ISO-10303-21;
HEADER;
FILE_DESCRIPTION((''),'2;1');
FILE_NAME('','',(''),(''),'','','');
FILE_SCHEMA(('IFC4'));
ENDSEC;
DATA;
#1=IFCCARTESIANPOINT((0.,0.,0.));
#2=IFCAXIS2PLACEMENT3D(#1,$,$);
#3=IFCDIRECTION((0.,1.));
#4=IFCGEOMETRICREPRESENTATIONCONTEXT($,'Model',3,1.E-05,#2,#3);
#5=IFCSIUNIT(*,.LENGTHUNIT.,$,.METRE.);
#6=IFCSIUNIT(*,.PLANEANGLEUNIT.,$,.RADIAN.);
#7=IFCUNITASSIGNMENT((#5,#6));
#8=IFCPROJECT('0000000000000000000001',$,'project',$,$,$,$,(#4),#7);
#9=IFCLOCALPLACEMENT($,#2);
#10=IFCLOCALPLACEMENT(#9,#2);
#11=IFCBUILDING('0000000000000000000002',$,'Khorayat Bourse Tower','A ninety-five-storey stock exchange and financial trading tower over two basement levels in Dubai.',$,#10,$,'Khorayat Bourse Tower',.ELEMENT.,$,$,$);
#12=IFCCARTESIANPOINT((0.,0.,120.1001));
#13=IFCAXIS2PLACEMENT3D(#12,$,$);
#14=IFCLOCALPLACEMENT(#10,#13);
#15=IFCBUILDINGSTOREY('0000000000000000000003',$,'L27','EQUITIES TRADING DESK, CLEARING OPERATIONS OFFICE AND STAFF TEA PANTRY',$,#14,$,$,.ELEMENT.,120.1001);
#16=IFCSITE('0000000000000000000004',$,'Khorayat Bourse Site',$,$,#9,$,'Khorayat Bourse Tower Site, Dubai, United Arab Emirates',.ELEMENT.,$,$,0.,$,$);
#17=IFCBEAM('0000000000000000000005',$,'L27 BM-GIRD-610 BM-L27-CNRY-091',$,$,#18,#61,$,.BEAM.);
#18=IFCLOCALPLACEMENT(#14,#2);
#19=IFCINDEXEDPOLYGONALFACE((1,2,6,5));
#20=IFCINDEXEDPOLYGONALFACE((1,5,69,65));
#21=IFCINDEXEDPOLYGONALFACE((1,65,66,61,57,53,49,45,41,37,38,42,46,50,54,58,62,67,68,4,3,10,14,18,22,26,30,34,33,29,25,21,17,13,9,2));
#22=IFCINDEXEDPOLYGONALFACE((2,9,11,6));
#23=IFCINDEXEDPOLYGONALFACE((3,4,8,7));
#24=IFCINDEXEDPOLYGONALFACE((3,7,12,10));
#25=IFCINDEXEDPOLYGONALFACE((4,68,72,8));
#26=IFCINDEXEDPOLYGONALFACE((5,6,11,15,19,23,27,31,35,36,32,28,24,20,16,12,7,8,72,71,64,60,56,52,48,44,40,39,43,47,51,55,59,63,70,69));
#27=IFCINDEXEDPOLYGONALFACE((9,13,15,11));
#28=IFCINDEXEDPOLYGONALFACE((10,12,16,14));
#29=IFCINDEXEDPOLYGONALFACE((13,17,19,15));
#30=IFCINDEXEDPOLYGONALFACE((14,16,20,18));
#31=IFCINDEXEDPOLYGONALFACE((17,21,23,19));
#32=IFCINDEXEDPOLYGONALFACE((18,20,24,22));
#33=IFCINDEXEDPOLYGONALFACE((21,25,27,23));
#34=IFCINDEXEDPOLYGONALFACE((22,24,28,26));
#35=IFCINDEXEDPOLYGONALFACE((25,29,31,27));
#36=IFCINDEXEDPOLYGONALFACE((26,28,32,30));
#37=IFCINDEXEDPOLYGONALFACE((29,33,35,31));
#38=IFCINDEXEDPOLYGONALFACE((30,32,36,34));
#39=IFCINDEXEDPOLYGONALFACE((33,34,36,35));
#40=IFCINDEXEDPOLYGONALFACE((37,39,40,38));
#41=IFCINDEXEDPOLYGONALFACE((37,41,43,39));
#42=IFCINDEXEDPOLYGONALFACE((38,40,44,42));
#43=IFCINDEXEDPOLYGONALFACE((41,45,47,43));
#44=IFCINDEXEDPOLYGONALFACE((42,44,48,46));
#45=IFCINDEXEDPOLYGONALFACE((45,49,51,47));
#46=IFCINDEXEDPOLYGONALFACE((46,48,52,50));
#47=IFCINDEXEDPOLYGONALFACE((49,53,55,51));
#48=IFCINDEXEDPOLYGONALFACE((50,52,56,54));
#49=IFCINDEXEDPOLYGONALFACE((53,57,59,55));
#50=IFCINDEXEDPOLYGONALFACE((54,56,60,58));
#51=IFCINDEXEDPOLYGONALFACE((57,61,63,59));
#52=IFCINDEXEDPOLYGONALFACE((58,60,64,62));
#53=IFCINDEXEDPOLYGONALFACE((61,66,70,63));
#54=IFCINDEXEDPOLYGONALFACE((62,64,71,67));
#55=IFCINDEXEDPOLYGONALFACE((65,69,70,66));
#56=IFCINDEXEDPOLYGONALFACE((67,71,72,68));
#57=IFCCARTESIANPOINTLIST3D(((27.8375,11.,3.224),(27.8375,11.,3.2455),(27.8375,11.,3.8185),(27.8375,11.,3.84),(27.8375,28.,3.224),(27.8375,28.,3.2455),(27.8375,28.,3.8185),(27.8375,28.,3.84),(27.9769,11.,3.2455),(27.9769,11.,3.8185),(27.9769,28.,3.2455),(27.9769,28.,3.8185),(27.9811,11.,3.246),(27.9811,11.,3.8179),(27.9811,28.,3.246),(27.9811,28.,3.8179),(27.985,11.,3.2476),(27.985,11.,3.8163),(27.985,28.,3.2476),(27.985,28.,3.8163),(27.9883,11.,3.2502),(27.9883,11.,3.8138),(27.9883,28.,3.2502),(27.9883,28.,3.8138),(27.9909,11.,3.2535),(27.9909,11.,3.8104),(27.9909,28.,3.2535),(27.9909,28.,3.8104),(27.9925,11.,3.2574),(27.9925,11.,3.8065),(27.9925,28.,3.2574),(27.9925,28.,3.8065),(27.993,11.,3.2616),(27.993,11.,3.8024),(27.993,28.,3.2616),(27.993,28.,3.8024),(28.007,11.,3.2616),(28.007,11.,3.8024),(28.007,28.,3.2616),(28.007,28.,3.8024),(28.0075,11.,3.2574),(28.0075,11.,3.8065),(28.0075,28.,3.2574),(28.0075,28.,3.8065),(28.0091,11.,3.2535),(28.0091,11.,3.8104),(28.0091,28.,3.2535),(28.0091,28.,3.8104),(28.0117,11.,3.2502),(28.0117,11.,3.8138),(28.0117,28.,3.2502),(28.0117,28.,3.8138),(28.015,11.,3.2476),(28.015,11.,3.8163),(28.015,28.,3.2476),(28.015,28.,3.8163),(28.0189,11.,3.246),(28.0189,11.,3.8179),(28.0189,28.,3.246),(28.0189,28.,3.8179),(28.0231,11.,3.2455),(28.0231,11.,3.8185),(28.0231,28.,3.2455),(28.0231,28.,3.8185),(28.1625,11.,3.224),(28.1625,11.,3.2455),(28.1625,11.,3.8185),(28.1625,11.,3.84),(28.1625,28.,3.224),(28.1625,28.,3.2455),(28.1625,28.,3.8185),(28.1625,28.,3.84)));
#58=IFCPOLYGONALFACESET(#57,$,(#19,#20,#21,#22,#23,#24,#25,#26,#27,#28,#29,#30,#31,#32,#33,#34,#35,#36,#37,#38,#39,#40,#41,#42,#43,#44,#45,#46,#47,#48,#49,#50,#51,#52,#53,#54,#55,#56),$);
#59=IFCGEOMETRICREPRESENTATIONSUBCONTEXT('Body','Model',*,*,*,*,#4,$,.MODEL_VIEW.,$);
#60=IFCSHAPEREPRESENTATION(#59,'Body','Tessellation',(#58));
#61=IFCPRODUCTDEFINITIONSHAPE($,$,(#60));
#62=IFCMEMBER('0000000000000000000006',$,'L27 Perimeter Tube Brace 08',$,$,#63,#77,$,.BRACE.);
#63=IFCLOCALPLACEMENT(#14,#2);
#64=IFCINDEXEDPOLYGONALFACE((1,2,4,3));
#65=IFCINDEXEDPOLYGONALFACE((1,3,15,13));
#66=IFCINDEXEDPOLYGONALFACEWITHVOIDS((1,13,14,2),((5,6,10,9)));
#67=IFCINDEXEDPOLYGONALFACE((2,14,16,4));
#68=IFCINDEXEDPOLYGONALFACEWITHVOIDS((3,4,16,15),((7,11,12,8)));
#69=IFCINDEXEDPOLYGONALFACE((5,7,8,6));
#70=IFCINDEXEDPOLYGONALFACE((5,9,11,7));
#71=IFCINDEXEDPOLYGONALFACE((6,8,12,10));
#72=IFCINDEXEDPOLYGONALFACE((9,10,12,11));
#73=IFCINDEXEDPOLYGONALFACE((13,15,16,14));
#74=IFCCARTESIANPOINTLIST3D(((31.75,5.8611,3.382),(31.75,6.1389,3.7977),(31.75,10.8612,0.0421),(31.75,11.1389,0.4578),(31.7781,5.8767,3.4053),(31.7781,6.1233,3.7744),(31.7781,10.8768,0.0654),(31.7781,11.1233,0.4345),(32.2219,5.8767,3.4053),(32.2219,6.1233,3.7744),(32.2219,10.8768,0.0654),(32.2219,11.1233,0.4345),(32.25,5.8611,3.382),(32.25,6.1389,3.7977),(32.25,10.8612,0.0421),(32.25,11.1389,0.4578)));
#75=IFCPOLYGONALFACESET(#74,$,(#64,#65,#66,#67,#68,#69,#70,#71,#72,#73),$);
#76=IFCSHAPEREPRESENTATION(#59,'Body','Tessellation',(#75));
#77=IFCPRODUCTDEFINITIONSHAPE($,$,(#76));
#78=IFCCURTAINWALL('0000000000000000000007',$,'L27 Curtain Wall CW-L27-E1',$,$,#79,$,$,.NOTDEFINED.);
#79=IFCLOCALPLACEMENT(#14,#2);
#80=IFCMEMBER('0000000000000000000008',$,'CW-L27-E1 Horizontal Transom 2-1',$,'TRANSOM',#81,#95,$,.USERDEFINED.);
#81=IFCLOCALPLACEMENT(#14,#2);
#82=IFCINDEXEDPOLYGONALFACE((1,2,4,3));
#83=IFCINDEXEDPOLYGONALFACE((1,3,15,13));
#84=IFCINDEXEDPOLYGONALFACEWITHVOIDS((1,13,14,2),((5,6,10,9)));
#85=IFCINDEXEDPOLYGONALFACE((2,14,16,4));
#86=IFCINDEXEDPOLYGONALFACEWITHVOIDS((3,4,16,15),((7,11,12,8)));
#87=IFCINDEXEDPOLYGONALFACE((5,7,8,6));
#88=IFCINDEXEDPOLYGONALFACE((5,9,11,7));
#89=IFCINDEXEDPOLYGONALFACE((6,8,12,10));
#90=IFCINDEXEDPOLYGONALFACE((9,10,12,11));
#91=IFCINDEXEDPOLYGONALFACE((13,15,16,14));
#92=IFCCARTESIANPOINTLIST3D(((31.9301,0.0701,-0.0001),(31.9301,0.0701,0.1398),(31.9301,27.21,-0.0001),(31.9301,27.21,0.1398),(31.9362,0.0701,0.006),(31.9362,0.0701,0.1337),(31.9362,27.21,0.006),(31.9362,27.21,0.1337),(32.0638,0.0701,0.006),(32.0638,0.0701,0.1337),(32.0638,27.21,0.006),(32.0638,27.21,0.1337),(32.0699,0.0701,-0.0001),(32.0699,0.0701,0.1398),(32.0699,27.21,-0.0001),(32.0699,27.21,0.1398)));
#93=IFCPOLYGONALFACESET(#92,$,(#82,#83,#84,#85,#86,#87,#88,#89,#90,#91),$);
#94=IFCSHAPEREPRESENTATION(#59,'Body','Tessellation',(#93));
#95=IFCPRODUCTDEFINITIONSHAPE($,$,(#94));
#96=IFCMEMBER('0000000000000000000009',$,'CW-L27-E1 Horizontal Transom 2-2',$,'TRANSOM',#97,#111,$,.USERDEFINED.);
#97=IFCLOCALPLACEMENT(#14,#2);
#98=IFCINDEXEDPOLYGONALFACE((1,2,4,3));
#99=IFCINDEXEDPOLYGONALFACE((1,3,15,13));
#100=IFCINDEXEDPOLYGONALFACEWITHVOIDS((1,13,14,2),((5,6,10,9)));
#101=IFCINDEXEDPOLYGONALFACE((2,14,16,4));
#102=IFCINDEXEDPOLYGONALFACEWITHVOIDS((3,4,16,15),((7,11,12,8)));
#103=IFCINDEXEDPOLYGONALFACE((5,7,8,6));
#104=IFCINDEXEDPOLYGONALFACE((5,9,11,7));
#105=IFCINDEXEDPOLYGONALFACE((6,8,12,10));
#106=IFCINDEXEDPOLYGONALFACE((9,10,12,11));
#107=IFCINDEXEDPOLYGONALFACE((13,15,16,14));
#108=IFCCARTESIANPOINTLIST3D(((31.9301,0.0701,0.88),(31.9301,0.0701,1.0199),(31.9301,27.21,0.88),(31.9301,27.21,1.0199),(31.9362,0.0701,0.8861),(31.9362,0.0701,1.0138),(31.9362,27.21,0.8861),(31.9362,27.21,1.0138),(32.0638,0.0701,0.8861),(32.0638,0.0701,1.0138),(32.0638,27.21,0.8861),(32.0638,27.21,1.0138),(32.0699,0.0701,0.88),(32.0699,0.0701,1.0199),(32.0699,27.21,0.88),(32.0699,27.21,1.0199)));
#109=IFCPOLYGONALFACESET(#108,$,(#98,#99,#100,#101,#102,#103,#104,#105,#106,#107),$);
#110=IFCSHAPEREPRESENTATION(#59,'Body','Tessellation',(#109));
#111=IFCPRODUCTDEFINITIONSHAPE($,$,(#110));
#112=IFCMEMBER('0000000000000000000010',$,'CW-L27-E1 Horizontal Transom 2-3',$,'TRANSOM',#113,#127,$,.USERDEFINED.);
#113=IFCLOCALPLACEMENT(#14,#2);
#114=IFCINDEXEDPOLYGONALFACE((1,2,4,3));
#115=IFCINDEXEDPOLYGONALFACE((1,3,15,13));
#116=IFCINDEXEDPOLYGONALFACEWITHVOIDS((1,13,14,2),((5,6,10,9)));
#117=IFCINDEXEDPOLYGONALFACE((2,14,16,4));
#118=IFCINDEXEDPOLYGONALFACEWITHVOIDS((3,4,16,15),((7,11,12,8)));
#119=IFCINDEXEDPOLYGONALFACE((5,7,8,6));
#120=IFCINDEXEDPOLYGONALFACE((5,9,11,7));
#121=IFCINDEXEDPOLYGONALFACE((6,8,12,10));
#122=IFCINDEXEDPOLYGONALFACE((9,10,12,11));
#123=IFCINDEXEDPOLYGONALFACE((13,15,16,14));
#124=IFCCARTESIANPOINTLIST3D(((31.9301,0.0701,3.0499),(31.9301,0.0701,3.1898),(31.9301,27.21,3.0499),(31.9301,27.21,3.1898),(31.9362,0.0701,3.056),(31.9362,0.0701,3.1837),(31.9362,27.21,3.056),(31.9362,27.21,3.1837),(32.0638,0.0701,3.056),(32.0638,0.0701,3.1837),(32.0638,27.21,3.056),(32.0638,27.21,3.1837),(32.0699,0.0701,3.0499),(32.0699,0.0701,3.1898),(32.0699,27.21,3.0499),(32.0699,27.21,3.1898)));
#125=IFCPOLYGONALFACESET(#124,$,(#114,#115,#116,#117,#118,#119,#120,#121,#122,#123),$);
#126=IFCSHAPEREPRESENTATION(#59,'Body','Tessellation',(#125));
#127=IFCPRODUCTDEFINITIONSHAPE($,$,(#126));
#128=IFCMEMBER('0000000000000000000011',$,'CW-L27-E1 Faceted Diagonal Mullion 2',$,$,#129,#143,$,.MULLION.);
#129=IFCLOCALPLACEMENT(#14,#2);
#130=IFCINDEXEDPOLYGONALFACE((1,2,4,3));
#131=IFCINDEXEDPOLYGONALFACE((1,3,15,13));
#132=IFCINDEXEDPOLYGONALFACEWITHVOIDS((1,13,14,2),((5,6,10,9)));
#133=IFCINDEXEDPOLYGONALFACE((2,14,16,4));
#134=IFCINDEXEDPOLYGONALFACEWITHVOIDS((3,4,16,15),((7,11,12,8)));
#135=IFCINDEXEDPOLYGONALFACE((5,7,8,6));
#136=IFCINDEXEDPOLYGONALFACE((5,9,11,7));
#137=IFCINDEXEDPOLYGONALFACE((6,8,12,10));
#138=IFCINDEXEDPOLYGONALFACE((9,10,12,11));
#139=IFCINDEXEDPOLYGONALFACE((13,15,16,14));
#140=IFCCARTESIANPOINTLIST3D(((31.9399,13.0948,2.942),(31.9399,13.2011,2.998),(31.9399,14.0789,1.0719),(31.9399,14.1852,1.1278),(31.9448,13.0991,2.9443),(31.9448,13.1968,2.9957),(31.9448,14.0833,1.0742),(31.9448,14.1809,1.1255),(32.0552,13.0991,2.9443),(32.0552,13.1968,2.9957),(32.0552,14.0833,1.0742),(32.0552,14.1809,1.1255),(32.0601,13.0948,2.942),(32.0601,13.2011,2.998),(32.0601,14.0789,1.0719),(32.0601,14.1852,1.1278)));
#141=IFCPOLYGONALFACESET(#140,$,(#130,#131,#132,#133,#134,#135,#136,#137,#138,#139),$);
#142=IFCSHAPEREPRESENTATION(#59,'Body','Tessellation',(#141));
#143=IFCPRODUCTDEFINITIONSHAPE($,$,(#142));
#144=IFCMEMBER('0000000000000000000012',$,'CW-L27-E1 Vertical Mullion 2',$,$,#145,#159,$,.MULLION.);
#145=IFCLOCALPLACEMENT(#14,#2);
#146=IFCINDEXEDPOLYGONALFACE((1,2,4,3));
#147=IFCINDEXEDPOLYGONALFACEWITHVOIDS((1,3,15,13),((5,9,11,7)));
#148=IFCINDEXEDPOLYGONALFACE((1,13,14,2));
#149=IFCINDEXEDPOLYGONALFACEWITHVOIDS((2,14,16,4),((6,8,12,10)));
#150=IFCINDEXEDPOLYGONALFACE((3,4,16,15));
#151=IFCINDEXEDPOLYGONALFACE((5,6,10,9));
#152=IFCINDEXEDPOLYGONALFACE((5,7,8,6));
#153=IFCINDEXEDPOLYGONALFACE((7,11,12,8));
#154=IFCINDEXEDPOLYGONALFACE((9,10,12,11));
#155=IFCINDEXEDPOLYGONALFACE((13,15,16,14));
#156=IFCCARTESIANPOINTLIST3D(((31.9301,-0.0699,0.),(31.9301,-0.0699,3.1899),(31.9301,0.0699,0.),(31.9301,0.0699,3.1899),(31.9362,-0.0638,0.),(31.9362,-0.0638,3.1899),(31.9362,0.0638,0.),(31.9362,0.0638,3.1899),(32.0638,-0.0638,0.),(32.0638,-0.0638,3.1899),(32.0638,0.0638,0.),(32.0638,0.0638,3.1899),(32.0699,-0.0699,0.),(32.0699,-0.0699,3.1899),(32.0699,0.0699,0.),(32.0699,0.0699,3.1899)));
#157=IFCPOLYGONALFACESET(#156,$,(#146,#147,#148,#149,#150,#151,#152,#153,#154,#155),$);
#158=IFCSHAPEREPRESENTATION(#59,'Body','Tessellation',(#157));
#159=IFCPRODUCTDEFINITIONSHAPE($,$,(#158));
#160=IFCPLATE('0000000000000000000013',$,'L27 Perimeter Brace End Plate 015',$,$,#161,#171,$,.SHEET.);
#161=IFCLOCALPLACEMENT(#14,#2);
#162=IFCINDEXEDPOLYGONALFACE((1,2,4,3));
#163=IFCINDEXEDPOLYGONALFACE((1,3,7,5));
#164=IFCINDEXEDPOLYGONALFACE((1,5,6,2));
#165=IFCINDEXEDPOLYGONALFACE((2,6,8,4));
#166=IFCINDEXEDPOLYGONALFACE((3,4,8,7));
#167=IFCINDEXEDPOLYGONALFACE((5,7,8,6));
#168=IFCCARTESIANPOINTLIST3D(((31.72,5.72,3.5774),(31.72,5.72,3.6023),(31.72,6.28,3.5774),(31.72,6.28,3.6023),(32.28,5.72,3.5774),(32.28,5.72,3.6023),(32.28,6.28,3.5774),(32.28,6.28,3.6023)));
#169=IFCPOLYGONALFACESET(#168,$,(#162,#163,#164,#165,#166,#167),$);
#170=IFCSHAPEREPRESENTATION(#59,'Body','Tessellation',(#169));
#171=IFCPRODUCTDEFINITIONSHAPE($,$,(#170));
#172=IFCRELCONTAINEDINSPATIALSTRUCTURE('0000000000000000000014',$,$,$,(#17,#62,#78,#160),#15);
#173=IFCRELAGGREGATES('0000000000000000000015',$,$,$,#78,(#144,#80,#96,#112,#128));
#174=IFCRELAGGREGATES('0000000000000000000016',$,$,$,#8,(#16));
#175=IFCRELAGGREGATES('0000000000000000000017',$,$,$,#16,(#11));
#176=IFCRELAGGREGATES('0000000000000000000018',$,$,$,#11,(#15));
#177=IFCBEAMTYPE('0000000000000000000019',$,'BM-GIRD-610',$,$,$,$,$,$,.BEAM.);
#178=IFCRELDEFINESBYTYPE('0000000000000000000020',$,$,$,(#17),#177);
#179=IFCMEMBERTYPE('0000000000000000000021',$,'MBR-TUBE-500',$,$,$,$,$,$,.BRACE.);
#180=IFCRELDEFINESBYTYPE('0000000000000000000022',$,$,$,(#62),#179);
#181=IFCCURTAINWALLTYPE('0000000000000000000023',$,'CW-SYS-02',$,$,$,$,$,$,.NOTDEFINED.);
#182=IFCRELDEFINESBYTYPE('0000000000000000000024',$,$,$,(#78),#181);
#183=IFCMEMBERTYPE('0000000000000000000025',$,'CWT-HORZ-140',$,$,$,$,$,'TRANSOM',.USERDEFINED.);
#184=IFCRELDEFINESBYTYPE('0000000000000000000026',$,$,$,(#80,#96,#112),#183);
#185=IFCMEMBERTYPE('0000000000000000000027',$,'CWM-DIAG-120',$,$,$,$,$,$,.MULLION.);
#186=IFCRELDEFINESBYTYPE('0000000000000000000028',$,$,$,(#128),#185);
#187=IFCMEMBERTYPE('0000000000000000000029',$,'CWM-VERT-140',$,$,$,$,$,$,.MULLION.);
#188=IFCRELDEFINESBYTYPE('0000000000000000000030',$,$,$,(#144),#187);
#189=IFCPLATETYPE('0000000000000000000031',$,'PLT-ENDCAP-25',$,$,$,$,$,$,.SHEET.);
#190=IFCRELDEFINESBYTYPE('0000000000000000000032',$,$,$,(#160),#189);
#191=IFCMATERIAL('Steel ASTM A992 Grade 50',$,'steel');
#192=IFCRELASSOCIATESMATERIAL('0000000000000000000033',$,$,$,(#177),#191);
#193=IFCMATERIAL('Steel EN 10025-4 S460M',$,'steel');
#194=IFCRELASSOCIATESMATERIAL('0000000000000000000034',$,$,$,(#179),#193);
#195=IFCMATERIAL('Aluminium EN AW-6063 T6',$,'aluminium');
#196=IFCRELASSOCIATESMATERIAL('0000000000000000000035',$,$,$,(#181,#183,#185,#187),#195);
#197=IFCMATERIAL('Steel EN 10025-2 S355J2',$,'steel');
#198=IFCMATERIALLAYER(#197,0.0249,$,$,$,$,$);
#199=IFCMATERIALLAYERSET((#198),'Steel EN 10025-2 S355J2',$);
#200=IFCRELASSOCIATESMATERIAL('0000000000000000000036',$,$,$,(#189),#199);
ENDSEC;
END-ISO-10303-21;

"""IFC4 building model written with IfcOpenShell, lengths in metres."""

from ifc_helpers import new_model, si_unit, direction, frame, origin, origin_2d, place, context, subcontext, project, spatial, rectangle, hollow_rectangle, i_section, extrude, source, transform, mapped, material, layer, layer_set, material_profile, profile_set, type_object, element, aggregate, save


model = new_model("IFC4")

# Units and contexts
model_context = context("Model", 3, precision=1e-05, world=origin(), true_north=direction((0.0, 1.0)))
body_context = subcontext(model_context, "Body", "Model", "MODEL_VIEW")
ifc_project = project(units=[si_unit("LENGTHUNIT", "METRE"), si_unit("PLANEANGLEUNIT", "RADIAN")], contexts=[model_context])

# Site, building, storey
site_placement = place(None, origin())
site = spatial("IfcSite", under=ifc_project, at=site_placement, Name="Khorayat Bourse Site", LongName="Khorayat Bourse Tower Site, Dubai, United Arab Emirates", CompositionType="ELEMENT", RefElevation=0.0)
building_placement = place(site_placement, origin())
building = spatial("IfcBuilding", under=site, at=building_placement, Name="Khorayat Bourse Tower", Description="A ninety-five-storey stock exchange and financial trading tower over two basement levels in Dubai.", LongName="Khorayat Bourse Tower", CompositionType="ELEMENT")
storey_placement = place(building_placement, frame((0.0, 0.0, 120.1001)))
storey = spatial("IfcBuildingStorey", under=building, at=storey_placement, Name="L27", Description="EQUITIES TRADING DESK, CLEARING OPERATIONS OFFICE AND STAFF TEA PANTRY", CompositionType="ELEMENT", Elevation=120.1001)

# Shared definitions
ifc_material_1 = material(Name="Steel EN 10025-4 S460M", Category="steel")

# Beam
ifc_material_2 = material(Name="Steel ASTM A992 Grade 50", Category="steel")
ifc_material_profile_1 = material_profile(ifc_material_2, i_section(OverallWidth=0.325, OverallDepth=0.616, WebThickness=0.0139, FlangeThickness=0.0215, FilletRadius=0.0161, at=origin_2d()), Name="W610X174")
ifc_profile_set_1 = profile_set([ifc_material_profile_1], Name="Steel ASTM A992 Grade 50")
beam_type_1 = type_object("IfcBeamType", Name="BM-GIRD-610", PredefinedType="BEAM", material=ifc_profile_set_1)
shared_shape_1 = source(origin(), body_context, "Body", "SweptSolid", [
    extrude(i_section(OverallWidth=0.325, OverallDepth=0.616, WebThickness=0.0139, FlangeThickness=0.0215, FilletRadius=0.0161, at=origin_2d()), origin(), (0.0, 0.0, 1.0), 17.0),
])
beam_1_placement = place(storey_placement, frame((28.0, 11.0, 3.532), z_axis=(0.0, 1.0, 0.0), x_axis=(-1.0, 0.0, 0.0)))
element("IfcBeam", 1, at=beam_1_placement, inside=storey, type_object=beam_type_1, Name="L27 BM-GIRD-610 BM-L27-CNRY-091", PredefinedType="BEAM", context=body_context, shape_type="MappedRepresentation", body=[
    mapped(shared_shape_1, transform((0.0, 0.0, 0.0), scale=1.0)),
])

# Member
ifc_material_profile_2 = material_profile(ifc_material_1, hollow_rectangle(XDim=0.5, YDim=0.5, WallThickness=0.0281, at=origin_2d()), Name="HSS 500x500x28")
ifc_profile_set_2 = profile_set([ifc_material_profile_2], Name="Steel EN 10025-4 S460M")
member_type_1 = type_object("IfcMemberType", Name="MBR-TUBE-500", PredefinedType="BRACE", material=ifc_profile_set_2)
shared_shape_2 = source(origin(), body_context, "Body", "SweptSolid", [
    extrude(hollow_rectangle(XDim=0.5, YDim=0.5, WallThickness=0.0281, at=origin_2d()), origin(), (0.0, 0.0, 1.0), 6.0129),
])
member_1_placement = place(storey_placement, frame((32.0, 6.0, 3.5898), z_axis=(0.0, 0.83155, -0.55545), x_axis=(-1.0, 0.0, 0.0)))
element("IfcMember", 2, at=member_1_placement, inside=storey, type_object=member_type_1, Name="L27 Perimeter Tube Brace 08", PredefinedType="BRACE", context=body_context, shape_type="MappedRepresentation", body=[
    mapped(shared_shape_2, transform((0.0, 0.0, 0.0), scale=1.0)),
])

# Curtain wall, members
ifc_material_3 = material(Name="Aluminium EN AW-6063 T6", Category="aluminium")
curtain_wall_type = type_object("IfcCurtainWallType", Name="CW-SYS-02", PredefinedType="NOTDEFINED", material=ifc_material_3)
curtain_wall_placement = place(storey_placement, origin())
curtain_wall = element("IfcCurtainWall", 3, at=curtain_wall_placement, inside=storey, type_object=curtain_wall_type, Name="L27 Curtain Wall CW-L27-E1", PredefinedType="NOTDEFINED")
ifc_material_profile_3 = material_profile(ifc_material_3, hollow_rectangle(XDim=0.1399, YDim=0.1399, WallThickness=0.0061, at=origin_2d()), Name="ALU 140x140x6")
ifc_profile_set_3 = profile_set([ifc_material_profile_3], Name="Aluminium EN AW-6063 T6")
member_type_2 = type_object("IfcMemberType", Name="CWT-HORZ-140", ElementType="TRANSOM", PredefinedType="USERDEFINED", material=ifc_profile_set_3)
shared_shape_3 = source(origin(), body_context, "Body", "SweptSolid", [
    extrude(hollow_rectangle(XDim=0.1399, YDim=0.1399, WallThickness=0.0061, at=origin_2d()), origin(), (0.0, 0.0, 1.0), 27.1399),
])
member_2_placement = place(storey_placement, frame((32.0, 0.0701, 0.0698), z_axis=(0.0, 1.0, 0.0), x_axis=(-1.0, 0.0, 0.0)))
member_2 = element("IfcMember", 4, at=member_2_placement, type_object=member_type_2, Name="CW-L27-E1 Horizontal Transom 2-1", ObjectType="TRANSOM", PredefinedType="USERDEFINED", context=body_context, shape_type="MappedRepresentation", body=[
    mapped(shared_shape_3, transform((0.0, 0.0, 0.0), scale=1.0)),
])
member_3_placement = place(storey_placement, frame((32.0, 0.0701, 0.95), z_axis=(0.0, 1.0, 0.0), x_axis=(-1.0, 0.0, 0.0)))
member_3 = element("IfcMember", 5, at=member_3_placement, type_object=member_type_2, Name="CW-L27-E1 Horizontal Transom 2-2", ObjectType="TRANSOM", PredefinedType="USERDEFINED", context=body_context, shape_type="MappedRepresentation", body=[
    mapped(shared_shape_3, transform((0.0, 0.0, 0.0), scale=1.0)),
])
member_4_placement = place(storey_placement, frame((32.0, 0.0701, 3.1199), z_axis=(0.0, 1.0, 0.0), x_axis=(-1.0, 0.0, 0.0)))
member_4 = element("IfcMember", 6, at=member_4_placement, type_object=member_type_2, Name="CW-L27-E1 Horizontal Transom 2-3", ObjectType="TRANSOM", PredefinedType="USERDEFINED", context=body_context, shape_type="MappedRepresentation", body=[
    mapped(shared_shape_3, transform((0.0, 0.0, 0.0), scale=1.0)),
])
ifc_material_profile_4 = material_profile(ifc_material_3, hollow_rectangle(XDim=0.1201, YDim=0.1201, WallThickness=0.0049, at=origin_2d()), Name="ALU 120x120x5")
ifc_profile_set_4 = profile_set([ifc_material_profile_4], Name="Aluminium EN AW-6063 T6")
member_type_3 = type_object("IfcMemberType", Name="CWM-DIAG-120", PredefinedType="MULLION", material=ifc_profile_set_4)
shared_shape_4 = source(origin(), body_context, "Body", "SweptSolid", [
    extrude(hollow_rectangle(XDim=0.1201, YDim=0.1201, WallThickness=0.0049, at=origin_2d()), origin(), (0.0, 0.0, 1.0), 2.1133),
])
member_5_placement = place(storey_placement, frame((32.0, 14.1321, 1.0999), z_axis=(0.0, -0.465694, 0.884946), x_axis=(1.0, 0.0, 0.0)))
member_5 = element("IfcMember", 7, at=member_5_placement, type_object=member_type_3, Name="CW-L27-E1 Faceted Diagonal Mullion 2", PredefinedType="MULLION", context=body_context, shape_type="MappedRepresentation", body=[
    mapped(shared_shape_4, transform((0.0, 0.0, 0.0), scale=1.0)),
])
ifc_material_profile_5 = material_profile(ifc_material_3, hollow_rectangle(XDim=0.1399, YDim=0.1399, WallThickness=0.0061, at=origin_2d()), Name="ALU 140x140x6")
ifc_profile_set_5 = profile_set([ifc_material_profile_5], Name="Aluminium EN AW-6063 T6")
member_type_4 = type_object("IfcMemberType", Name="CWM-VERT-140", PredefinedType="MULLION", material=ifc_profile_set_5)
shared_shape_5 = source(origin(), body_context, "Body", "SweptSolid", [
    extrude(hollow_rectangle(XDim=0.1399, YDim=0.1399, WallThickness=0.0061, at=origin_2d()), origin(), (0.0, 0.0, 1.0), 3.1899),
])
member_6_placement = place(storey_placement, frame((32.0, 0.0, 0.0), z_axis=(0.0, 0.0, 1.0), x_axis=(-1.0, 0.0, 0.0)))
member_6 = element("IfcMember", 8, at=member_6_placement, type_object=member_type_4, Name="CW-L27-E1 Vertical Mullion 2", PredefinedType="MULLION", context=body_context, shape_type="MappedRepresentation", body=[
    mapped(shared_shape_5, transform((0.0, 0.0, 0.0), scale=1.0)),
])

# Plate
ifc_material_4 = material(Name="Steel EN 10025-2 S355J2", Category="steel")
ifc_layer_1 = layer(ifc_material_4, 0.0249)
ifc_layer_set_1 = layer_set([ifc_layer_1], Name="Steel EN 10025-2 S355J2")
plate_type_1 = type_object("IfcPlateType", Name="PLT-ENDCAP-25", PredefinedType="SHEET", material=ifc_layer_set_1)
shared_shape_6 = source(origin(), body_context, "Body", "SweptSolid", [
    extrude(rectangle(XDim=0.5601, YDim=0.5601, at=origin_2d()), origin(), (0.0, 0.0, 1.0), 0.0249),
])
for number, where, z_axis, x_axis, name in (
    (9, (32.0, 6.0, 3.5774), (0.0, 0.0, 1.0), (1.0, 0.0, 0.0), "L27 Perimeter Brace End Plate 015"),
):
    element("IfcPlate", number, at=place(storey_placement, frame(where, z_axis=z_axis, x_axis=x_axis)), inside=storey, type_object=plate_type_1, Name=name, PredefinedType="SHEET", context=body_context, shape_type="MappedRepresentation", body=[
        mapped(shared_shape_6, transform((0.0, 0.0, 0.0), scale=1.0)),
    ])

aggregate(curtain_wall, [member_6, member_2, member_3, member_4, member_5])

save(model, "model.ifc")
